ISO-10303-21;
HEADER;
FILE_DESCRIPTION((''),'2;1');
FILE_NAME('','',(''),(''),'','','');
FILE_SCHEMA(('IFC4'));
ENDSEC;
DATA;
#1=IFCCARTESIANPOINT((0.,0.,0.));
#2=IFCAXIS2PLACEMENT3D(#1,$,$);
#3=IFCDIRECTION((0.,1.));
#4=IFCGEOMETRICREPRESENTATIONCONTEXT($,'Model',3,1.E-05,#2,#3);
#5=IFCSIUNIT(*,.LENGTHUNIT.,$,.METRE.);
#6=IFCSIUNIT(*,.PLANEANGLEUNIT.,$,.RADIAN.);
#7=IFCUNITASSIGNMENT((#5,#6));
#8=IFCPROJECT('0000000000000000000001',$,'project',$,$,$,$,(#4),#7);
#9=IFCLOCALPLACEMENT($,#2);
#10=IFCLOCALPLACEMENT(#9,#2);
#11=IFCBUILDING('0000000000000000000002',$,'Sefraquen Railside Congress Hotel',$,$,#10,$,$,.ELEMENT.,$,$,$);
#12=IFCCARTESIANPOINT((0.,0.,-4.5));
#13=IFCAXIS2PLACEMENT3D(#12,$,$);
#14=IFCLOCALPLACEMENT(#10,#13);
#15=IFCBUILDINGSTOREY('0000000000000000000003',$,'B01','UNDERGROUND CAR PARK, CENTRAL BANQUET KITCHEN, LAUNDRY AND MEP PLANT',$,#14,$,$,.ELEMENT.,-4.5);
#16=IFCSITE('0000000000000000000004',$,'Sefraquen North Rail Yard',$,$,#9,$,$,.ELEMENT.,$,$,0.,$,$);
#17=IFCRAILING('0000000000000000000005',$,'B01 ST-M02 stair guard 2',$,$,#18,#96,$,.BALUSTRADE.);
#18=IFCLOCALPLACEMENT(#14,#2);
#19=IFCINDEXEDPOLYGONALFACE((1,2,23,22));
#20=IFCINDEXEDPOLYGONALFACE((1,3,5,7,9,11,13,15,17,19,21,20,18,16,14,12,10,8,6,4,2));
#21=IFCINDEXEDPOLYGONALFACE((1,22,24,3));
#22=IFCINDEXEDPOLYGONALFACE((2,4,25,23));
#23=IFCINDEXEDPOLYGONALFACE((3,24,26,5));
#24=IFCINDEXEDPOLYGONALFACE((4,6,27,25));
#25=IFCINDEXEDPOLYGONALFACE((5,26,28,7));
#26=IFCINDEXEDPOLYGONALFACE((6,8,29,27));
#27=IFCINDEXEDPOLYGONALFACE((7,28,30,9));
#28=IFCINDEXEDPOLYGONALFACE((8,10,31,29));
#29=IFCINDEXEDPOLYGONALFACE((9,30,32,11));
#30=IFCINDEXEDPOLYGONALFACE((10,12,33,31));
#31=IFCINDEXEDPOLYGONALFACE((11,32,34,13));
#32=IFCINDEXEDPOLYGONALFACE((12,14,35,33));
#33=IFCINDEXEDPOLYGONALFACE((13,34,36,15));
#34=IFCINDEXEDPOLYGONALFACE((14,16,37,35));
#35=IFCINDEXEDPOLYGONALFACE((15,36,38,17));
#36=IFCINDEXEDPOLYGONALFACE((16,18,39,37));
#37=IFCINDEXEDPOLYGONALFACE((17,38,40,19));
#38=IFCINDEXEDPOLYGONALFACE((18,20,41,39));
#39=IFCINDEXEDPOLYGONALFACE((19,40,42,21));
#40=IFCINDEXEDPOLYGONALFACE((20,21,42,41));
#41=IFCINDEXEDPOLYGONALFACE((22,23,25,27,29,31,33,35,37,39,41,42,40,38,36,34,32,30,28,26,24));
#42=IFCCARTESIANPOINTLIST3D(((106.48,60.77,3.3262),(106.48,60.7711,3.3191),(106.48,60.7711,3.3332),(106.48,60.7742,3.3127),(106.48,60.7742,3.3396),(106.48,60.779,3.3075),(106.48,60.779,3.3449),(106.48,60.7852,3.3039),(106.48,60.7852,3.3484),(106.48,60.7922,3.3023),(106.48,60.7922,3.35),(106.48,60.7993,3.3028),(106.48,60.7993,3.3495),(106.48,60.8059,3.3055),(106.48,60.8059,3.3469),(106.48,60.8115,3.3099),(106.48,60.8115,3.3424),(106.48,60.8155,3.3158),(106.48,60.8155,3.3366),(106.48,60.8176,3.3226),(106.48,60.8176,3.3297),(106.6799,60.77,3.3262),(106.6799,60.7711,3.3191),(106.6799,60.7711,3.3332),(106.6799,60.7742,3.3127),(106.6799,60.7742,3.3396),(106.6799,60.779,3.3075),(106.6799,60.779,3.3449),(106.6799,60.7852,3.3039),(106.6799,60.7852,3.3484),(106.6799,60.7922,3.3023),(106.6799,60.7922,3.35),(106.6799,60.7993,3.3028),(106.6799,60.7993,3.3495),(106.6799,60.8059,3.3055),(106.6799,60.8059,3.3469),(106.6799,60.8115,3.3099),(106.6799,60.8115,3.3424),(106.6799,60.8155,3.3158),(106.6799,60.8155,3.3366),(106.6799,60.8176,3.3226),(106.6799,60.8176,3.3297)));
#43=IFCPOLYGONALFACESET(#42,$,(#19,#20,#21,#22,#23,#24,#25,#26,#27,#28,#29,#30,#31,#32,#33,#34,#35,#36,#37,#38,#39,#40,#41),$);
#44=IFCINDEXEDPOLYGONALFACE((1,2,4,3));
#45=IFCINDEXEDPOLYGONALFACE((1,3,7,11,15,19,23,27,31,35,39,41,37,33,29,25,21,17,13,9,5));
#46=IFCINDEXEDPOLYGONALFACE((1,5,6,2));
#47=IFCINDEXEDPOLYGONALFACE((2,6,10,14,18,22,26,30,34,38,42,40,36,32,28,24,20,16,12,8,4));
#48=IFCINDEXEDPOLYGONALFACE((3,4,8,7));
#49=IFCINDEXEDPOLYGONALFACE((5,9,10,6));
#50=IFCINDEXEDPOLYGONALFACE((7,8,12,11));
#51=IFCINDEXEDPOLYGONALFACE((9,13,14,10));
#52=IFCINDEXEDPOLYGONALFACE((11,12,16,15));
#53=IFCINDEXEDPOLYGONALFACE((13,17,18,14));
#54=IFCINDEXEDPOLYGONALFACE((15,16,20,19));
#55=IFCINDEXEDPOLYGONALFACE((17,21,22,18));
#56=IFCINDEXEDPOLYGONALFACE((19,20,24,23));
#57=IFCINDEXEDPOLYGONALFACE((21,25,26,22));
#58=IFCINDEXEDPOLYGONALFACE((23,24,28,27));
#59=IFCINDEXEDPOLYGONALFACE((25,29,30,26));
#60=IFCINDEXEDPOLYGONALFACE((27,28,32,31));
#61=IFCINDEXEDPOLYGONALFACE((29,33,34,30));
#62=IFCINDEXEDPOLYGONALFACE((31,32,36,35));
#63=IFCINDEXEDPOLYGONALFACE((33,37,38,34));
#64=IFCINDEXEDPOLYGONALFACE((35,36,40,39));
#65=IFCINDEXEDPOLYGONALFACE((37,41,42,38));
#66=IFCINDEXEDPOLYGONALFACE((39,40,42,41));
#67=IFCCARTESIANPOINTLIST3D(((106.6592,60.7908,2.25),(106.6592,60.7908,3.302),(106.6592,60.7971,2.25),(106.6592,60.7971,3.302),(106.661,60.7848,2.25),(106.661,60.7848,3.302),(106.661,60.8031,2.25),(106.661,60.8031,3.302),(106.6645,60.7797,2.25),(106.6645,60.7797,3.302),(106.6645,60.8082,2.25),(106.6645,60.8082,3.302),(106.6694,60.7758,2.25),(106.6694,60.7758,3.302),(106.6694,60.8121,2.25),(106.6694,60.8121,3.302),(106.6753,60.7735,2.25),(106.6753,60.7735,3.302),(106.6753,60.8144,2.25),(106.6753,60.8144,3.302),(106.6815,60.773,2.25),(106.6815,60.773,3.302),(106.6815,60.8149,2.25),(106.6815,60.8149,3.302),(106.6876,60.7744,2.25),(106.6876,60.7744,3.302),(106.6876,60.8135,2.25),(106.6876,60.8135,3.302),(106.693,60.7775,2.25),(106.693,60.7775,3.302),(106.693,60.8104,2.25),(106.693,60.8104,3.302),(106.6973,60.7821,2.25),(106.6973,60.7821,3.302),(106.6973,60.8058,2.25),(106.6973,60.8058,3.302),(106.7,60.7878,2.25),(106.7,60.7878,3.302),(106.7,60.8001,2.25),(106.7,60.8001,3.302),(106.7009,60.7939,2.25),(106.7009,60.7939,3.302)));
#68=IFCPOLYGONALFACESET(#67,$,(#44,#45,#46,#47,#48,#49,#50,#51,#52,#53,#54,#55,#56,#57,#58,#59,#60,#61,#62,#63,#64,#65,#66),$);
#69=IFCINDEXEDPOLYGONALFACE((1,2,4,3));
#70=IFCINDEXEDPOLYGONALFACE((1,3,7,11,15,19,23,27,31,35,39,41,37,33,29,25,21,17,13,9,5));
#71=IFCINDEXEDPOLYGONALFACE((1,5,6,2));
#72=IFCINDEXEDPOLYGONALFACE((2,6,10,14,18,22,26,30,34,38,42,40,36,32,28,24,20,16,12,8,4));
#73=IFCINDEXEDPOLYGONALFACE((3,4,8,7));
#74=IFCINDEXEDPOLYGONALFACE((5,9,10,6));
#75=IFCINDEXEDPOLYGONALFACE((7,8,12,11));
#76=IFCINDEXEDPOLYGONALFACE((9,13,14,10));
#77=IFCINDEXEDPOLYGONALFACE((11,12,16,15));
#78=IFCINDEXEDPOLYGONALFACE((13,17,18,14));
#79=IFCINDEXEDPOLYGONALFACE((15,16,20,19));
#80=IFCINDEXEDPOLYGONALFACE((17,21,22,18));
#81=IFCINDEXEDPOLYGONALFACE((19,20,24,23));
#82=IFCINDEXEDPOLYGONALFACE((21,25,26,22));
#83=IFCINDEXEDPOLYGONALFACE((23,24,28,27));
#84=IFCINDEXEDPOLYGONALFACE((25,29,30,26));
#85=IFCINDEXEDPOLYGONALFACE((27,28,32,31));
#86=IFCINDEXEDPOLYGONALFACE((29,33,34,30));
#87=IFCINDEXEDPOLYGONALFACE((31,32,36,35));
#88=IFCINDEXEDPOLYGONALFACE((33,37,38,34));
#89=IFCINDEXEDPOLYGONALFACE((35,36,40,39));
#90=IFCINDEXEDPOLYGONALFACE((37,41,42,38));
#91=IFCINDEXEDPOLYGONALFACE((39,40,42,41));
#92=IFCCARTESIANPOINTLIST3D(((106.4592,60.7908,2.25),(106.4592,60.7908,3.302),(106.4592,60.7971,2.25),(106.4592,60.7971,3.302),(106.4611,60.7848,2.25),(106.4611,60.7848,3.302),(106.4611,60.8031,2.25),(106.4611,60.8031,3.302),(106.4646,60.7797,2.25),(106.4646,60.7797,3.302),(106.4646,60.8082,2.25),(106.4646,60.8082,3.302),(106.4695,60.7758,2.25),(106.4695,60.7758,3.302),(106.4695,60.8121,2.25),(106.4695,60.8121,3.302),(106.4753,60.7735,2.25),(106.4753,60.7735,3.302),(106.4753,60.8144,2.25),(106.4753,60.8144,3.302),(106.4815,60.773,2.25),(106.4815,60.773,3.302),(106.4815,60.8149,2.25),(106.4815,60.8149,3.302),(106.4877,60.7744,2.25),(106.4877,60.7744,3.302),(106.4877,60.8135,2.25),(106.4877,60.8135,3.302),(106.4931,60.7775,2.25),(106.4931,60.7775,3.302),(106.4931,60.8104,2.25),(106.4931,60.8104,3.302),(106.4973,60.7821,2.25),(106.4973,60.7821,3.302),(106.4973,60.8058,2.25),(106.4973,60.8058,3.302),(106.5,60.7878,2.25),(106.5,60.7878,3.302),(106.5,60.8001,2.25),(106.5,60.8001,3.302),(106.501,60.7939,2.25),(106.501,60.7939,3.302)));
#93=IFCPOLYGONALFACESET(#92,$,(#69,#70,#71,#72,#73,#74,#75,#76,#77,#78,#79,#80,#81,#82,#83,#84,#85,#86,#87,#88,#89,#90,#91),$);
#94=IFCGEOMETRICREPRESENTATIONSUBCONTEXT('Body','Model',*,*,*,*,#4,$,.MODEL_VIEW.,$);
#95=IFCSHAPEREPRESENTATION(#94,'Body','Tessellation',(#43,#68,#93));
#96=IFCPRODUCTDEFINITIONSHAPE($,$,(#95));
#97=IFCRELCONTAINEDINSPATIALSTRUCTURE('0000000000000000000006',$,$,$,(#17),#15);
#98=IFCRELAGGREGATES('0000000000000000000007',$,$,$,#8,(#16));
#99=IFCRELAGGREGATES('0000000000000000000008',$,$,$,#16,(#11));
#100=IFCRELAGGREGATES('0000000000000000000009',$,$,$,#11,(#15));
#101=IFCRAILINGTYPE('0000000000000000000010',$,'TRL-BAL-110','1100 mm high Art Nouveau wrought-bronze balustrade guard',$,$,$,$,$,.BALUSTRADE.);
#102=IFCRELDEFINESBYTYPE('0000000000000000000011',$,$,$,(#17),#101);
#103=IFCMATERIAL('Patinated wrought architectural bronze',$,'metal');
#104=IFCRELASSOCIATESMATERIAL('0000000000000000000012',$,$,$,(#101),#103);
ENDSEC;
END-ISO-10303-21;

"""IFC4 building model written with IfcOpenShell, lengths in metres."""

from ifc_helpers import new_model, si_unit, direction, frame, origin, origin_2d, place, context, subcontext, project, spatial, circle, extrude, material, type_object, element, save


model = new_model("IFC4")

# Units and contexts
model_context = context("Model", 3, precision=1e-05, world=origin(), true_north=direction((0.0, 1.0)))
body_context = subcontext(model_context, "Body", "Model", "MODEL_VIEW")
ifc_project = project(units=[si_unit("LENGTHUNIT", "METRE"), si_unit("PLANEANGLEUNIT", "RADIAN")], contexts=[model_context])

# Site, building, storey
site_placement = place(None, origin())
site = spatial("IfcSite", under=ifc_project, at=site_placement, Name="Sefraquen North Rail Yard", CompositionType="ELEMENT", RefElevation=0.0)
building_placement = place(site_placement, origin())
building = spatial("IfcBuilding", under=site, at=building_placement, Name="Sefraquen Railside Congress Hotel", CompositionType="ELEMENT")
storey_placement = place(building_placement, frame((0.0, 0.0, -4.5)))
storey = spatial("IfcBuildingStorey", under=building, at=storey_placement, Name="B01", Description="UNDERGROUND CAR PARK, CENTRAL BANQUET KITCHEN, LAUNDRY AND MEP PLANT", CompositionType="ELEMENT", Elevation=-4.5)

# Railing
ifc_material_1 = material(Name="Patinated wrought architectural bronze", Category="metal")
railing_type_1 = type_object("IfcRailingType", Name="TRL-BAL-110", Description="1100 mm high Art Nouveau wrought-bronze balustrade guard", PredefinedType="BALUSTRADE", material=ifc_material_1)
railing_1_placement = place(storey_placement, frame((106.6799, 60.7939, 2.25)))
element("IfcRailing", 1, at=railing_1_placement, inside=storey, type_object=railing_type_1, Name="B01 ST-M02 stair guard 2", PredefinedType="BALUSTRADE", context=body_context, shape_type="SweptSolid", body=[
    extrude(circle(Radius=0.0239, at=origin_2d()), frame((0.0, 0.0, 1.0762), z_axis=(-1.0, 0.0, 0.0), x_axis=(0.0, -1.0, 0.0)), (0.0, 0.0, 1.0), 0.2),
    extrude(circle(Radius=0.021, at=origin_2d()), origin(), (0.0, 0.0, 1.0), 1.052),
    extrude(circle(Radius=0.021, at=origin_2d()), frame((-0.2, 0.0, 0.0)), (0.0, 0.0, 1.0), 1.052),
])

save(model, "model.ifc")
